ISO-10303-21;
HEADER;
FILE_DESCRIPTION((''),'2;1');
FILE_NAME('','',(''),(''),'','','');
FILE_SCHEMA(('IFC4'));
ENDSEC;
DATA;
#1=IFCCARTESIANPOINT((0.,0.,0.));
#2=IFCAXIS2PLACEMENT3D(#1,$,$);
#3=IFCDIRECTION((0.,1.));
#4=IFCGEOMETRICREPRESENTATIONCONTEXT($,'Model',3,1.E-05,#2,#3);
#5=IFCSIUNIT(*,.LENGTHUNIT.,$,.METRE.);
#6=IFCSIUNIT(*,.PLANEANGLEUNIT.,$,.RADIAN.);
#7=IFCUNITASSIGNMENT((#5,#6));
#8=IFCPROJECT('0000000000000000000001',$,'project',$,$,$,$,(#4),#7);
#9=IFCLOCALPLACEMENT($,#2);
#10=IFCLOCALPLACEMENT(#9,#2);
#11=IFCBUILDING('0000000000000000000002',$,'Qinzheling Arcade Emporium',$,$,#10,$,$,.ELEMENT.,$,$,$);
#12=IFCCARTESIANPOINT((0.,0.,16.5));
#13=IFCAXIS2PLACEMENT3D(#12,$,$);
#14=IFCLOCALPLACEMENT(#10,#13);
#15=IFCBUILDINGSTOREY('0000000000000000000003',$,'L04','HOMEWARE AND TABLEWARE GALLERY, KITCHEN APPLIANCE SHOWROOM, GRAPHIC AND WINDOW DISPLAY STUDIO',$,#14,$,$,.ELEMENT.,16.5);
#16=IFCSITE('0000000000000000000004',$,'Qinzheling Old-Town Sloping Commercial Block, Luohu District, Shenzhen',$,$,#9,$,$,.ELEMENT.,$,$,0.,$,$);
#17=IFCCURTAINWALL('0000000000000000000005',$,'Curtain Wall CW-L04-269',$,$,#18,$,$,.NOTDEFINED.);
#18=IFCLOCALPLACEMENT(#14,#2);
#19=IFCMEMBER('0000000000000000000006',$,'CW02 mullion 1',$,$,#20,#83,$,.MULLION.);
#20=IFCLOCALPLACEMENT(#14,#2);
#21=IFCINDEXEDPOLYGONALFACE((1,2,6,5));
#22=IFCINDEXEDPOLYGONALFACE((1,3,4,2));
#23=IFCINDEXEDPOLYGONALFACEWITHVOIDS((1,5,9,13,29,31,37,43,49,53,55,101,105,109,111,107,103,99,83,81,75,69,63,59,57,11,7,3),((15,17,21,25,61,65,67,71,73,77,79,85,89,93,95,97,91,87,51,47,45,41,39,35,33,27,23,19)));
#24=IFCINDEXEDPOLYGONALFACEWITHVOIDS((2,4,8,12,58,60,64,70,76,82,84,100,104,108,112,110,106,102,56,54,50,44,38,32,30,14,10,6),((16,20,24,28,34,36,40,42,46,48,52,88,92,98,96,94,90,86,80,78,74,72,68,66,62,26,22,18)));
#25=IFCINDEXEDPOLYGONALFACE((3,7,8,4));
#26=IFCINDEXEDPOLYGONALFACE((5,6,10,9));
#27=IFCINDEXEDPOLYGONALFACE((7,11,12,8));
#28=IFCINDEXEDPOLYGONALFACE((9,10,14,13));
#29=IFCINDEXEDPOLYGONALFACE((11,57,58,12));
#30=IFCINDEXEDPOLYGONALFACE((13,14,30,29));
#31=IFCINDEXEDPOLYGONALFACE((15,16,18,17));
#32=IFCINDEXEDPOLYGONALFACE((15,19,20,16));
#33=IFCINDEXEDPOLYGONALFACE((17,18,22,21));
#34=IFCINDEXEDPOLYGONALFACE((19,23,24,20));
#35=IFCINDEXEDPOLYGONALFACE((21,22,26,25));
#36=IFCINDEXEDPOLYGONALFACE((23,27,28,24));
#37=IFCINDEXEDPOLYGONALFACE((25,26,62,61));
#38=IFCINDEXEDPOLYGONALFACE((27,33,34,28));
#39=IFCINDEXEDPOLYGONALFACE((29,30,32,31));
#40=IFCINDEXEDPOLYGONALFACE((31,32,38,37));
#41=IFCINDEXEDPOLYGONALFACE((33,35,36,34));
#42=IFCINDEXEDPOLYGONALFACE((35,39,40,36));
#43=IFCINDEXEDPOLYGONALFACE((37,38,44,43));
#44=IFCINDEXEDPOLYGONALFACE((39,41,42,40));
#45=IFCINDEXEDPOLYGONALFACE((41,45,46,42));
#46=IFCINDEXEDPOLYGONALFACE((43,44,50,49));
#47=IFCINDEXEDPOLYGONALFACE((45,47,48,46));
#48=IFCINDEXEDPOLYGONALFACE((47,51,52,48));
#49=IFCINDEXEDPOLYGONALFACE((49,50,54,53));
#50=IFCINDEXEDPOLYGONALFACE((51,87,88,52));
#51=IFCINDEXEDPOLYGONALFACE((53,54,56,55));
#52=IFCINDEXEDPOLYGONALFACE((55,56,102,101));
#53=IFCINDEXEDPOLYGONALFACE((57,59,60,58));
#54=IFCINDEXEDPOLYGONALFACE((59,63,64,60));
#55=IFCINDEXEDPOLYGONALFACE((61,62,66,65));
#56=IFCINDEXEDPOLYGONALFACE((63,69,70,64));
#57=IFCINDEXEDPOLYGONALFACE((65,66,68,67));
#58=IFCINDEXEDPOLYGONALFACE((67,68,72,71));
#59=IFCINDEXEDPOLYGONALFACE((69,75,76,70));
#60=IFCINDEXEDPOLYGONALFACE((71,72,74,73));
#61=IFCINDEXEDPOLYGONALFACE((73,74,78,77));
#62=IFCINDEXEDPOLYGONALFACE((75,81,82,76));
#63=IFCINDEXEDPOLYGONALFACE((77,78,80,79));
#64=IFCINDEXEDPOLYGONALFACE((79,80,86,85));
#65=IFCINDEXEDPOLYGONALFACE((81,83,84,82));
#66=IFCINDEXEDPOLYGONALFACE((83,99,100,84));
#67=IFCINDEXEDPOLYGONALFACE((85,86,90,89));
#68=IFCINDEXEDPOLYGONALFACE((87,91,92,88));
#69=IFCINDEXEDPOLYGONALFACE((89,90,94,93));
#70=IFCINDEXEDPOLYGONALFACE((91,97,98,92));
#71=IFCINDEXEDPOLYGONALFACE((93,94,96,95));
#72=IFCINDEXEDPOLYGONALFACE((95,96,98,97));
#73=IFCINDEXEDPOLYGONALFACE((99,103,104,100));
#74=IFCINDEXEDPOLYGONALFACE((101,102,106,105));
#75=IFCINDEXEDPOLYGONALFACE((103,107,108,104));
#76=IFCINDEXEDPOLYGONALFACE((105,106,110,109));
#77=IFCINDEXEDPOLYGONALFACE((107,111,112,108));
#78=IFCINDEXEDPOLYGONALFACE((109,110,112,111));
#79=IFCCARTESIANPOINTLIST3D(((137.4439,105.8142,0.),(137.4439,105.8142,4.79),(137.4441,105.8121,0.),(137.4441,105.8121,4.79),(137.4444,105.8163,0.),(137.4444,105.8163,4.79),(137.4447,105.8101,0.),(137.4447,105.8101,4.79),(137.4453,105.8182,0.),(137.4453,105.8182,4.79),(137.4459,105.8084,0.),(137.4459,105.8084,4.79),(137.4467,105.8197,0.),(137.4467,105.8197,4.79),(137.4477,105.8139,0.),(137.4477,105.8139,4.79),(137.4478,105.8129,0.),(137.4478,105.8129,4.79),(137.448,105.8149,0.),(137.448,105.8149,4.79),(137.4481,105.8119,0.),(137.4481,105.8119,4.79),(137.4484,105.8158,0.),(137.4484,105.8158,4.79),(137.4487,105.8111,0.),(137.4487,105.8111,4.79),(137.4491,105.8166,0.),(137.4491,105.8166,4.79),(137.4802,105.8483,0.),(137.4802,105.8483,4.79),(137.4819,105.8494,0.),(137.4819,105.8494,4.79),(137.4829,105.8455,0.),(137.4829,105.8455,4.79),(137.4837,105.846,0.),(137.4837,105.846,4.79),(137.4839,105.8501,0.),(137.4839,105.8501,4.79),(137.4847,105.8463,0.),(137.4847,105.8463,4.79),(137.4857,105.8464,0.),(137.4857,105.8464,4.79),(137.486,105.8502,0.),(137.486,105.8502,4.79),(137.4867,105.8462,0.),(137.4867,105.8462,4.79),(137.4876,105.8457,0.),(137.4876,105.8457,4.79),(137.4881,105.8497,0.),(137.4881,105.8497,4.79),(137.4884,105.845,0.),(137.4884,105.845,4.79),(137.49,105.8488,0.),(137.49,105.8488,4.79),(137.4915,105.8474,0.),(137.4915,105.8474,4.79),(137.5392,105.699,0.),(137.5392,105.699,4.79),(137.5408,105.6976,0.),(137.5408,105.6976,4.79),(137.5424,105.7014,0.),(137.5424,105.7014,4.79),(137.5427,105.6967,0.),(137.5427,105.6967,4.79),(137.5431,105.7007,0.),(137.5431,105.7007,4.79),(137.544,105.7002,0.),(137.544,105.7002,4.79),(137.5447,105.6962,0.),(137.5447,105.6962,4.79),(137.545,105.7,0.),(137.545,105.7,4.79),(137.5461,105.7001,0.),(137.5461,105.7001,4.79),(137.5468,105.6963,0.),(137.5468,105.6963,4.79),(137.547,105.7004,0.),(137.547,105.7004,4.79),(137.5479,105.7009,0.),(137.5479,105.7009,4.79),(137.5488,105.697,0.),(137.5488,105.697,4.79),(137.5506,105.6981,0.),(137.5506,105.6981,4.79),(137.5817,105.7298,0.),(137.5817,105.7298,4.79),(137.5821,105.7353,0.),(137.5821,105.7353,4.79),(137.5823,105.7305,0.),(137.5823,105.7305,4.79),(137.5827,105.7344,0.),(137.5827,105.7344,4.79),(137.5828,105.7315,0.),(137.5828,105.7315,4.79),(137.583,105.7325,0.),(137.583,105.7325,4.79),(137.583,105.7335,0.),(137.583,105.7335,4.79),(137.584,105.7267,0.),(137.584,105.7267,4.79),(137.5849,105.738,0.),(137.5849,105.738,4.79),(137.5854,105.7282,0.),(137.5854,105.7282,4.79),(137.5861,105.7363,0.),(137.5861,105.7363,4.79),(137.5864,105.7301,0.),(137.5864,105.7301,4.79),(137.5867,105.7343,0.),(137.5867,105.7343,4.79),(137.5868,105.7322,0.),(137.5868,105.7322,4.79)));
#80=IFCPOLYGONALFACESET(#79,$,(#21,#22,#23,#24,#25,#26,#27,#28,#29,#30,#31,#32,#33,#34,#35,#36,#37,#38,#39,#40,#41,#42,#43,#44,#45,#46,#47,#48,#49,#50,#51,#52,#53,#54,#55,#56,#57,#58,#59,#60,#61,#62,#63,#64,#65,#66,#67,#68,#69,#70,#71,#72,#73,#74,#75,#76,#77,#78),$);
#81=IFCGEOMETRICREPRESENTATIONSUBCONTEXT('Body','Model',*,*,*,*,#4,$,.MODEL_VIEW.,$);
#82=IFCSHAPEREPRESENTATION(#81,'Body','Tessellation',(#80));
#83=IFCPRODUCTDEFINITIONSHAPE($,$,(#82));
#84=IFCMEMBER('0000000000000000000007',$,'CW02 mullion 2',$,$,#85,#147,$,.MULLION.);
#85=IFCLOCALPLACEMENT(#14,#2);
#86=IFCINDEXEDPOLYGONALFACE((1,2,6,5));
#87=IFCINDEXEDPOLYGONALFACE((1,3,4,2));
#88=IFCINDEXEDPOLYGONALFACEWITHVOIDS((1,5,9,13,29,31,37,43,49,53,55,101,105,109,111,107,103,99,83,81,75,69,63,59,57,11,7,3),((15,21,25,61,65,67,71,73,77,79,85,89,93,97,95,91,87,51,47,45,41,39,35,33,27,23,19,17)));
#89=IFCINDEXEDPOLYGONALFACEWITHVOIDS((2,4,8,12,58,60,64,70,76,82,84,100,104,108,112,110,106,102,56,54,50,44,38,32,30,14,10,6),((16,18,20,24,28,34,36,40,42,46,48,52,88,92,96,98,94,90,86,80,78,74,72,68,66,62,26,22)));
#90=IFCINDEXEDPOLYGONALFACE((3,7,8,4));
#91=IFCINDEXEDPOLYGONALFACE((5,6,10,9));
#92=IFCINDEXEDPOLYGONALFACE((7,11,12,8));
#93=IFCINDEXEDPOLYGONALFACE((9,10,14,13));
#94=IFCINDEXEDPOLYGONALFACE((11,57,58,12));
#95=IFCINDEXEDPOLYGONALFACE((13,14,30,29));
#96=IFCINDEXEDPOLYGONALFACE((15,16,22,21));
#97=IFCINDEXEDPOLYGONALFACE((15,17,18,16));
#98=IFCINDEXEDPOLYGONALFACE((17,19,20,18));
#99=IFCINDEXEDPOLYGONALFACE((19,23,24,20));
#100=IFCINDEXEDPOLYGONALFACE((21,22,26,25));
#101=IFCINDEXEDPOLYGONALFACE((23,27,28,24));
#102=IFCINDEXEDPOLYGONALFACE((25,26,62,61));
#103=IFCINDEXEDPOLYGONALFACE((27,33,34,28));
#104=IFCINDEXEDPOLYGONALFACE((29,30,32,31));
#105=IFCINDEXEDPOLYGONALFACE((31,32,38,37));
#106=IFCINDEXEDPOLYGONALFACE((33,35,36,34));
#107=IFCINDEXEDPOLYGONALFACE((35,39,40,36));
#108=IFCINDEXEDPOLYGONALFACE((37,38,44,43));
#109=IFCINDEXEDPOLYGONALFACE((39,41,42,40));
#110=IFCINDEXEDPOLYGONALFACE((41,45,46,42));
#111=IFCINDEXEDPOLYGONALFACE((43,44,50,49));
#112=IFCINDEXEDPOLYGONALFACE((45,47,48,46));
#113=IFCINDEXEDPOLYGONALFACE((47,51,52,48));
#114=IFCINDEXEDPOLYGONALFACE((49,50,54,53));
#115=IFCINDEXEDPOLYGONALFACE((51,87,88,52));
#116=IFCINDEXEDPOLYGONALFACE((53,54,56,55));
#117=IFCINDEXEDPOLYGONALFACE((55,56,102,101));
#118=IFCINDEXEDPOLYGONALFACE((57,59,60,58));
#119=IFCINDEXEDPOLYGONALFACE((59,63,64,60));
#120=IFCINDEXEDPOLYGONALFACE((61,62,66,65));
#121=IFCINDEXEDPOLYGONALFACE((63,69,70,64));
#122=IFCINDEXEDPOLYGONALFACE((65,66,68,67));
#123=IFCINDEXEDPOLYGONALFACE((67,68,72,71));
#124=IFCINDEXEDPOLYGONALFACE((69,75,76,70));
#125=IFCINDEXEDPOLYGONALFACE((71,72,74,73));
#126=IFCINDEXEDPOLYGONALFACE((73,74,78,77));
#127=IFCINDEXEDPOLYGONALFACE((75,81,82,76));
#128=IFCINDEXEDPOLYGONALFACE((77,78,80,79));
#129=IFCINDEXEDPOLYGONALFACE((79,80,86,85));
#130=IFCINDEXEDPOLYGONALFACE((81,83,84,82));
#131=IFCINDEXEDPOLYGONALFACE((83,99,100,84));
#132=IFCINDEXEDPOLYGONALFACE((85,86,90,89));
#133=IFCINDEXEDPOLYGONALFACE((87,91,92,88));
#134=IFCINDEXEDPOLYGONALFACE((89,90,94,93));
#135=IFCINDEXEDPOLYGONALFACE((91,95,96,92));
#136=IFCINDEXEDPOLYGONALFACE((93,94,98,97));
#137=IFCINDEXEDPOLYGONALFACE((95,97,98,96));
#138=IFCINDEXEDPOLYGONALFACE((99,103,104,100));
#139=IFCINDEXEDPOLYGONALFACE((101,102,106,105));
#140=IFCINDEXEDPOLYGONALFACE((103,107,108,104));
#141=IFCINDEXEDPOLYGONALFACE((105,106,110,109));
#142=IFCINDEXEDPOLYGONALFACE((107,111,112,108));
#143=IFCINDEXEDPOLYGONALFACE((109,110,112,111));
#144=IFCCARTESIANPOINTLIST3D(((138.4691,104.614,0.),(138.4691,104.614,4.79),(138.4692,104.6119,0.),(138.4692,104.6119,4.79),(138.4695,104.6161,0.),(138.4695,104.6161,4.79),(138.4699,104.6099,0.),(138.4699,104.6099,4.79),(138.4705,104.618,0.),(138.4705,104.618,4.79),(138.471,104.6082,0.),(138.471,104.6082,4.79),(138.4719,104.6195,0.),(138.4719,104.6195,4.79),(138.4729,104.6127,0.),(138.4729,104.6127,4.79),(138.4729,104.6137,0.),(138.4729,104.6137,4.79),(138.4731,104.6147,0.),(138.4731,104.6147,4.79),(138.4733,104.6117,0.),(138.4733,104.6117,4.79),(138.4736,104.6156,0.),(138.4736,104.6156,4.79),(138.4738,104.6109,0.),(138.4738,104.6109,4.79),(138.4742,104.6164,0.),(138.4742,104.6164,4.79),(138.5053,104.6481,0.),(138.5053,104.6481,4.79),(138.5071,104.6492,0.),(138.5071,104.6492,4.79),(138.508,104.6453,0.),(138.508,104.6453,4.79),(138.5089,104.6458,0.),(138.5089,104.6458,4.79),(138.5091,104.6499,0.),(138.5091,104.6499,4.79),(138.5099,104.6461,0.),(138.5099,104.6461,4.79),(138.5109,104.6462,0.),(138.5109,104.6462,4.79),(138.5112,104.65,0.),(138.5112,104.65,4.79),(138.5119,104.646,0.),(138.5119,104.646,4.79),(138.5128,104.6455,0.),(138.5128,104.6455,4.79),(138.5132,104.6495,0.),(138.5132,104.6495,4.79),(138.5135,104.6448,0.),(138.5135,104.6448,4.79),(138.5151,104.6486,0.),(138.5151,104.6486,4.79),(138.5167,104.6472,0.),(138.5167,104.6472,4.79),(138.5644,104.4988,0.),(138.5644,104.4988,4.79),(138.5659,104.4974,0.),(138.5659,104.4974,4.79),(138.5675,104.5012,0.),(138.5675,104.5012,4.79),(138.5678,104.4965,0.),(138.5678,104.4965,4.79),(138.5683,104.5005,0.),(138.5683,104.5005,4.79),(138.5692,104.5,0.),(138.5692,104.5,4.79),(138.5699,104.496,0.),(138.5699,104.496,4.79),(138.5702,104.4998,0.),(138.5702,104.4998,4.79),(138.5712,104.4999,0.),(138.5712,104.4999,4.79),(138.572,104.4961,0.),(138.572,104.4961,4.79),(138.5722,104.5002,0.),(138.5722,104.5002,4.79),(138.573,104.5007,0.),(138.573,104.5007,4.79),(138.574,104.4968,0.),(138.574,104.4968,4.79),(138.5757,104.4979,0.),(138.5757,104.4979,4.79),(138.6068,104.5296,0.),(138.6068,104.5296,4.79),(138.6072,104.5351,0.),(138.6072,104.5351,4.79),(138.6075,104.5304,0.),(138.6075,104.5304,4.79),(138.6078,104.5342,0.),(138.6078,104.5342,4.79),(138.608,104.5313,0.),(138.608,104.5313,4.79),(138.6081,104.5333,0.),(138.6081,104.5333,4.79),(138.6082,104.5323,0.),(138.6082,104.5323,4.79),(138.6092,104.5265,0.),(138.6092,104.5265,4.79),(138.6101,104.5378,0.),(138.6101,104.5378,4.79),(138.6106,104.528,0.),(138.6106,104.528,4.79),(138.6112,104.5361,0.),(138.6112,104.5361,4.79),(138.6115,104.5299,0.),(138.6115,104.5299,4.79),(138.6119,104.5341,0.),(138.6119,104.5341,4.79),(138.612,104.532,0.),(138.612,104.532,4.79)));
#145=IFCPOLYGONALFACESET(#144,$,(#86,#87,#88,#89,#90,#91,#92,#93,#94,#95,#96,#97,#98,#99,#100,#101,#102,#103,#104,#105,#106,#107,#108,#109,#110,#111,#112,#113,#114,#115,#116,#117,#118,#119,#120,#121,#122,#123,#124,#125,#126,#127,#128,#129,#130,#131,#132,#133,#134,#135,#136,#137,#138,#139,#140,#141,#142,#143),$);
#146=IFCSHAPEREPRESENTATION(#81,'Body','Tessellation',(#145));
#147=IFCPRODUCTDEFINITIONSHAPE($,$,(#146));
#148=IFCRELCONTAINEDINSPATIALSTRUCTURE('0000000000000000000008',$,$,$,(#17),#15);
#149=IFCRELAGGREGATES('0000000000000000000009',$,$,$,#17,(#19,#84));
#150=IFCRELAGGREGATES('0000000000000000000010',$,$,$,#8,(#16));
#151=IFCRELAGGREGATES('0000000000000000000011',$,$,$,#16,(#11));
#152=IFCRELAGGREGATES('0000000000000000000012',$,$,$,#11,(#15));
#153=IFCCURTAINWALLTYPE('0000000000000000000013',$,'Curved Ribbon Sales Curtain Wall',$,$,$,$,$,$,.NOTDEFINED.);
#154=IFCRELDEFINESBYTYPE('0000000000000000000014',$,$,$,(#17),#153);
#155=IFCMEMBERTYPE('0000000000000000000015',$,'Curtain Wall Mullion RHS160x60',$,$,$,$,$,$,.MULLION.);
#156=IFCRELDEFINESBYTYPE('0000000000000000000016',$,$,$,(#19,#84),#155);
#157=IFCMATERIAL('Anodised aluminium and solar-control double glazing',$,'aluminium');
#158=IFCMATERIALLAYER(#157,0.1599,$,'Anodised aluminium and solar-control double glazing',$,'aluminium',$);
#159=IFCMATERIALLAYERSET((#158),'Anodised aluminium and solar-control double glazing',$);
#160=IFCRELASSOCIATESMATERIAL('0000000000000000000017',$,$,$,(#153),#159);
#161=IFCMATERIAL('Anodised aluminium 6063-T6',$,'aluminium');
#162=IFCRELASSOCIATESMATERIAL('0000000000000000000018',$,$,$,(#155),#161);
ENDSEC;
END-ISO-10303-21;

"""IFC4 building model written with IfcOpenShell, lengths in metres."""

from ifc_helpers import new_model, si_unit, direction, frame, origin, origin_2d, place, context, subcontext, project, spatial, hollow_rectangle, extrude, material, layer, layer_set, material_profile, profile_set, type_object, element, aggregate, save


model = new_model("IFC4")

# Units and contexts
model_context = context("Model", 3, precision=1e-05, world=origin(), true_north=direction((0.0, 1.0)))
body_context = subcontext(model_context, "Body", "Model", "MODEL_VIEW")
ifc_project = project(units=[si_unit("LENGTHUNIT", "METRE"), si_unit("PLANEANGLEUNIT", "RADIAN")], contexts=[model_context])

# Site, building, storey
site_placement = place(None, origin())
site = spatial("IfcSite", under=ifc_project, at=site_placement, Name="Qinzheling Old-Town Sloping Commercial Block, Luohu District, Shenzhen", CompositionType="ELEMENT", RefElevation=0.0)
building_placement = place(site_placement, origin())
building = spatial("IfcBuilding", under=site, at=building_placement, Name="Qinzheling Arcade Emporium", CompositionType="ELEMENT")
storey_placement = place(building_placement, frame((0.0, 0.0, 16.5)))
storey = spatial("IfcBuildingStorey", under=building, at=storey_placement, Name="L04", Description="HOMEWARE AND TABLEWARE GALLERY, KITCHEN APPLIANCE SHOWROOM, GRAPHIC AND WINDOW DISPLAY STUDIO", CompositionType="ELEMENT", Elevation=16.5)

# Curtain wall, members
ifc_material_1 = material(Name="Anodised aluminium and solar-control double glazing", Category="aluminium")
ifc_layer_1 = layer(ifc_material_1, 0.1599, Name="Anodised aluminium and solar-control double glazing", Category="aluminium")
ifc_layer_set_1 = layer_set([ifc_layer_1], Name="Anodised aluminium and solar-control double glazing")
curtain_wall_type = type_object("IfcCurtainWallType", Name="Curved Ribbon Sales Curtain Wall", PredefinedType="NOTDEFINED", material=ifc_layer_set_1)
ifc_material_2 = material(Name="Anodised aluminium 6063-T6", Category="aluminium")
ifc_material_profile_1 = material_profile(ifc_material_2, hollow_rectangle(XDim=0.0601, YDim=0.1599, WallThickness=0.0039, InnerFilletRadius=0.0039, OuterFilletRadius=0.0081, at=origin_2d()), Name="RHS 160x60x4", Category="aluminium")
ifc_profile_set_1 = profile_set([ifc_material_profile_1], Name="Anodised aluminium 6063-T6")
member_type_1 = type_object("IfcMemberType", Name="Curtain Wall Mullion RHS160x60", PredefinedType="MULLION", material=ifc_profile_set_1)
curtain_wall_1_placement = place(storey_placement, origin())
curtain_wall_1 = element("IfcCurtainWall", 1, at=curtain_wall_1_placement, inside=storey, type_object=curtain_wall_type, Name="Curtain Wall CW-L04-269", PredefinedType="NOTDEFINED")
member_1_placement = place(storey_placement, frame((137.5154, 105.7732, 0.0), z_axis=(0.0, 0.0, 1.0), x_axis=(0.760418, 0.649433, 0.0)))
member_1 = element("IfcMember", 2, at=member_1_placement, type_object=member_type_1, Name="CW02 mullion 1", PredefinedType="MULLION", context=body_context, shape_type="SweptSolid", body=[
    extrude(hollow_rectangle(XDim=0.0601, YDim=0.1599, WallThickness=0.0039, InnerFilletRadius=0.0039, OuterFilletRadius=0.0081, at=origin_2d()), origin(), (0.0, 0.0, 1.0), 4.79),
])
member_2_placement = place(storey_placement, frame((138.5405, 104.573, 0.0), z_axis=(0.0, 0.0, 1.0), x_axis=(0.760418, 0.649433, 0.0)))
member_2 = element("IfcMember", 3, at=member_2_placement, type_object=member_type_1, Name="CW02 mullion 2", PredefinedType="MULLION", context=body_context, shape_type="SweptSolid", body=[
    extrude(hollow_rectangle(XDim=0.0601, YDim=0.1599, WallThickness=0.0039, InnerFilletRadius=0.0039, OuterFilletRadius=0.0081, at=origin_2d()), origin(), (0.0, 0.0, 1.0), 4.79),
])

aggregate(curtain_wall_1, [member_1, member_2])

save(model, "model.ifc")
